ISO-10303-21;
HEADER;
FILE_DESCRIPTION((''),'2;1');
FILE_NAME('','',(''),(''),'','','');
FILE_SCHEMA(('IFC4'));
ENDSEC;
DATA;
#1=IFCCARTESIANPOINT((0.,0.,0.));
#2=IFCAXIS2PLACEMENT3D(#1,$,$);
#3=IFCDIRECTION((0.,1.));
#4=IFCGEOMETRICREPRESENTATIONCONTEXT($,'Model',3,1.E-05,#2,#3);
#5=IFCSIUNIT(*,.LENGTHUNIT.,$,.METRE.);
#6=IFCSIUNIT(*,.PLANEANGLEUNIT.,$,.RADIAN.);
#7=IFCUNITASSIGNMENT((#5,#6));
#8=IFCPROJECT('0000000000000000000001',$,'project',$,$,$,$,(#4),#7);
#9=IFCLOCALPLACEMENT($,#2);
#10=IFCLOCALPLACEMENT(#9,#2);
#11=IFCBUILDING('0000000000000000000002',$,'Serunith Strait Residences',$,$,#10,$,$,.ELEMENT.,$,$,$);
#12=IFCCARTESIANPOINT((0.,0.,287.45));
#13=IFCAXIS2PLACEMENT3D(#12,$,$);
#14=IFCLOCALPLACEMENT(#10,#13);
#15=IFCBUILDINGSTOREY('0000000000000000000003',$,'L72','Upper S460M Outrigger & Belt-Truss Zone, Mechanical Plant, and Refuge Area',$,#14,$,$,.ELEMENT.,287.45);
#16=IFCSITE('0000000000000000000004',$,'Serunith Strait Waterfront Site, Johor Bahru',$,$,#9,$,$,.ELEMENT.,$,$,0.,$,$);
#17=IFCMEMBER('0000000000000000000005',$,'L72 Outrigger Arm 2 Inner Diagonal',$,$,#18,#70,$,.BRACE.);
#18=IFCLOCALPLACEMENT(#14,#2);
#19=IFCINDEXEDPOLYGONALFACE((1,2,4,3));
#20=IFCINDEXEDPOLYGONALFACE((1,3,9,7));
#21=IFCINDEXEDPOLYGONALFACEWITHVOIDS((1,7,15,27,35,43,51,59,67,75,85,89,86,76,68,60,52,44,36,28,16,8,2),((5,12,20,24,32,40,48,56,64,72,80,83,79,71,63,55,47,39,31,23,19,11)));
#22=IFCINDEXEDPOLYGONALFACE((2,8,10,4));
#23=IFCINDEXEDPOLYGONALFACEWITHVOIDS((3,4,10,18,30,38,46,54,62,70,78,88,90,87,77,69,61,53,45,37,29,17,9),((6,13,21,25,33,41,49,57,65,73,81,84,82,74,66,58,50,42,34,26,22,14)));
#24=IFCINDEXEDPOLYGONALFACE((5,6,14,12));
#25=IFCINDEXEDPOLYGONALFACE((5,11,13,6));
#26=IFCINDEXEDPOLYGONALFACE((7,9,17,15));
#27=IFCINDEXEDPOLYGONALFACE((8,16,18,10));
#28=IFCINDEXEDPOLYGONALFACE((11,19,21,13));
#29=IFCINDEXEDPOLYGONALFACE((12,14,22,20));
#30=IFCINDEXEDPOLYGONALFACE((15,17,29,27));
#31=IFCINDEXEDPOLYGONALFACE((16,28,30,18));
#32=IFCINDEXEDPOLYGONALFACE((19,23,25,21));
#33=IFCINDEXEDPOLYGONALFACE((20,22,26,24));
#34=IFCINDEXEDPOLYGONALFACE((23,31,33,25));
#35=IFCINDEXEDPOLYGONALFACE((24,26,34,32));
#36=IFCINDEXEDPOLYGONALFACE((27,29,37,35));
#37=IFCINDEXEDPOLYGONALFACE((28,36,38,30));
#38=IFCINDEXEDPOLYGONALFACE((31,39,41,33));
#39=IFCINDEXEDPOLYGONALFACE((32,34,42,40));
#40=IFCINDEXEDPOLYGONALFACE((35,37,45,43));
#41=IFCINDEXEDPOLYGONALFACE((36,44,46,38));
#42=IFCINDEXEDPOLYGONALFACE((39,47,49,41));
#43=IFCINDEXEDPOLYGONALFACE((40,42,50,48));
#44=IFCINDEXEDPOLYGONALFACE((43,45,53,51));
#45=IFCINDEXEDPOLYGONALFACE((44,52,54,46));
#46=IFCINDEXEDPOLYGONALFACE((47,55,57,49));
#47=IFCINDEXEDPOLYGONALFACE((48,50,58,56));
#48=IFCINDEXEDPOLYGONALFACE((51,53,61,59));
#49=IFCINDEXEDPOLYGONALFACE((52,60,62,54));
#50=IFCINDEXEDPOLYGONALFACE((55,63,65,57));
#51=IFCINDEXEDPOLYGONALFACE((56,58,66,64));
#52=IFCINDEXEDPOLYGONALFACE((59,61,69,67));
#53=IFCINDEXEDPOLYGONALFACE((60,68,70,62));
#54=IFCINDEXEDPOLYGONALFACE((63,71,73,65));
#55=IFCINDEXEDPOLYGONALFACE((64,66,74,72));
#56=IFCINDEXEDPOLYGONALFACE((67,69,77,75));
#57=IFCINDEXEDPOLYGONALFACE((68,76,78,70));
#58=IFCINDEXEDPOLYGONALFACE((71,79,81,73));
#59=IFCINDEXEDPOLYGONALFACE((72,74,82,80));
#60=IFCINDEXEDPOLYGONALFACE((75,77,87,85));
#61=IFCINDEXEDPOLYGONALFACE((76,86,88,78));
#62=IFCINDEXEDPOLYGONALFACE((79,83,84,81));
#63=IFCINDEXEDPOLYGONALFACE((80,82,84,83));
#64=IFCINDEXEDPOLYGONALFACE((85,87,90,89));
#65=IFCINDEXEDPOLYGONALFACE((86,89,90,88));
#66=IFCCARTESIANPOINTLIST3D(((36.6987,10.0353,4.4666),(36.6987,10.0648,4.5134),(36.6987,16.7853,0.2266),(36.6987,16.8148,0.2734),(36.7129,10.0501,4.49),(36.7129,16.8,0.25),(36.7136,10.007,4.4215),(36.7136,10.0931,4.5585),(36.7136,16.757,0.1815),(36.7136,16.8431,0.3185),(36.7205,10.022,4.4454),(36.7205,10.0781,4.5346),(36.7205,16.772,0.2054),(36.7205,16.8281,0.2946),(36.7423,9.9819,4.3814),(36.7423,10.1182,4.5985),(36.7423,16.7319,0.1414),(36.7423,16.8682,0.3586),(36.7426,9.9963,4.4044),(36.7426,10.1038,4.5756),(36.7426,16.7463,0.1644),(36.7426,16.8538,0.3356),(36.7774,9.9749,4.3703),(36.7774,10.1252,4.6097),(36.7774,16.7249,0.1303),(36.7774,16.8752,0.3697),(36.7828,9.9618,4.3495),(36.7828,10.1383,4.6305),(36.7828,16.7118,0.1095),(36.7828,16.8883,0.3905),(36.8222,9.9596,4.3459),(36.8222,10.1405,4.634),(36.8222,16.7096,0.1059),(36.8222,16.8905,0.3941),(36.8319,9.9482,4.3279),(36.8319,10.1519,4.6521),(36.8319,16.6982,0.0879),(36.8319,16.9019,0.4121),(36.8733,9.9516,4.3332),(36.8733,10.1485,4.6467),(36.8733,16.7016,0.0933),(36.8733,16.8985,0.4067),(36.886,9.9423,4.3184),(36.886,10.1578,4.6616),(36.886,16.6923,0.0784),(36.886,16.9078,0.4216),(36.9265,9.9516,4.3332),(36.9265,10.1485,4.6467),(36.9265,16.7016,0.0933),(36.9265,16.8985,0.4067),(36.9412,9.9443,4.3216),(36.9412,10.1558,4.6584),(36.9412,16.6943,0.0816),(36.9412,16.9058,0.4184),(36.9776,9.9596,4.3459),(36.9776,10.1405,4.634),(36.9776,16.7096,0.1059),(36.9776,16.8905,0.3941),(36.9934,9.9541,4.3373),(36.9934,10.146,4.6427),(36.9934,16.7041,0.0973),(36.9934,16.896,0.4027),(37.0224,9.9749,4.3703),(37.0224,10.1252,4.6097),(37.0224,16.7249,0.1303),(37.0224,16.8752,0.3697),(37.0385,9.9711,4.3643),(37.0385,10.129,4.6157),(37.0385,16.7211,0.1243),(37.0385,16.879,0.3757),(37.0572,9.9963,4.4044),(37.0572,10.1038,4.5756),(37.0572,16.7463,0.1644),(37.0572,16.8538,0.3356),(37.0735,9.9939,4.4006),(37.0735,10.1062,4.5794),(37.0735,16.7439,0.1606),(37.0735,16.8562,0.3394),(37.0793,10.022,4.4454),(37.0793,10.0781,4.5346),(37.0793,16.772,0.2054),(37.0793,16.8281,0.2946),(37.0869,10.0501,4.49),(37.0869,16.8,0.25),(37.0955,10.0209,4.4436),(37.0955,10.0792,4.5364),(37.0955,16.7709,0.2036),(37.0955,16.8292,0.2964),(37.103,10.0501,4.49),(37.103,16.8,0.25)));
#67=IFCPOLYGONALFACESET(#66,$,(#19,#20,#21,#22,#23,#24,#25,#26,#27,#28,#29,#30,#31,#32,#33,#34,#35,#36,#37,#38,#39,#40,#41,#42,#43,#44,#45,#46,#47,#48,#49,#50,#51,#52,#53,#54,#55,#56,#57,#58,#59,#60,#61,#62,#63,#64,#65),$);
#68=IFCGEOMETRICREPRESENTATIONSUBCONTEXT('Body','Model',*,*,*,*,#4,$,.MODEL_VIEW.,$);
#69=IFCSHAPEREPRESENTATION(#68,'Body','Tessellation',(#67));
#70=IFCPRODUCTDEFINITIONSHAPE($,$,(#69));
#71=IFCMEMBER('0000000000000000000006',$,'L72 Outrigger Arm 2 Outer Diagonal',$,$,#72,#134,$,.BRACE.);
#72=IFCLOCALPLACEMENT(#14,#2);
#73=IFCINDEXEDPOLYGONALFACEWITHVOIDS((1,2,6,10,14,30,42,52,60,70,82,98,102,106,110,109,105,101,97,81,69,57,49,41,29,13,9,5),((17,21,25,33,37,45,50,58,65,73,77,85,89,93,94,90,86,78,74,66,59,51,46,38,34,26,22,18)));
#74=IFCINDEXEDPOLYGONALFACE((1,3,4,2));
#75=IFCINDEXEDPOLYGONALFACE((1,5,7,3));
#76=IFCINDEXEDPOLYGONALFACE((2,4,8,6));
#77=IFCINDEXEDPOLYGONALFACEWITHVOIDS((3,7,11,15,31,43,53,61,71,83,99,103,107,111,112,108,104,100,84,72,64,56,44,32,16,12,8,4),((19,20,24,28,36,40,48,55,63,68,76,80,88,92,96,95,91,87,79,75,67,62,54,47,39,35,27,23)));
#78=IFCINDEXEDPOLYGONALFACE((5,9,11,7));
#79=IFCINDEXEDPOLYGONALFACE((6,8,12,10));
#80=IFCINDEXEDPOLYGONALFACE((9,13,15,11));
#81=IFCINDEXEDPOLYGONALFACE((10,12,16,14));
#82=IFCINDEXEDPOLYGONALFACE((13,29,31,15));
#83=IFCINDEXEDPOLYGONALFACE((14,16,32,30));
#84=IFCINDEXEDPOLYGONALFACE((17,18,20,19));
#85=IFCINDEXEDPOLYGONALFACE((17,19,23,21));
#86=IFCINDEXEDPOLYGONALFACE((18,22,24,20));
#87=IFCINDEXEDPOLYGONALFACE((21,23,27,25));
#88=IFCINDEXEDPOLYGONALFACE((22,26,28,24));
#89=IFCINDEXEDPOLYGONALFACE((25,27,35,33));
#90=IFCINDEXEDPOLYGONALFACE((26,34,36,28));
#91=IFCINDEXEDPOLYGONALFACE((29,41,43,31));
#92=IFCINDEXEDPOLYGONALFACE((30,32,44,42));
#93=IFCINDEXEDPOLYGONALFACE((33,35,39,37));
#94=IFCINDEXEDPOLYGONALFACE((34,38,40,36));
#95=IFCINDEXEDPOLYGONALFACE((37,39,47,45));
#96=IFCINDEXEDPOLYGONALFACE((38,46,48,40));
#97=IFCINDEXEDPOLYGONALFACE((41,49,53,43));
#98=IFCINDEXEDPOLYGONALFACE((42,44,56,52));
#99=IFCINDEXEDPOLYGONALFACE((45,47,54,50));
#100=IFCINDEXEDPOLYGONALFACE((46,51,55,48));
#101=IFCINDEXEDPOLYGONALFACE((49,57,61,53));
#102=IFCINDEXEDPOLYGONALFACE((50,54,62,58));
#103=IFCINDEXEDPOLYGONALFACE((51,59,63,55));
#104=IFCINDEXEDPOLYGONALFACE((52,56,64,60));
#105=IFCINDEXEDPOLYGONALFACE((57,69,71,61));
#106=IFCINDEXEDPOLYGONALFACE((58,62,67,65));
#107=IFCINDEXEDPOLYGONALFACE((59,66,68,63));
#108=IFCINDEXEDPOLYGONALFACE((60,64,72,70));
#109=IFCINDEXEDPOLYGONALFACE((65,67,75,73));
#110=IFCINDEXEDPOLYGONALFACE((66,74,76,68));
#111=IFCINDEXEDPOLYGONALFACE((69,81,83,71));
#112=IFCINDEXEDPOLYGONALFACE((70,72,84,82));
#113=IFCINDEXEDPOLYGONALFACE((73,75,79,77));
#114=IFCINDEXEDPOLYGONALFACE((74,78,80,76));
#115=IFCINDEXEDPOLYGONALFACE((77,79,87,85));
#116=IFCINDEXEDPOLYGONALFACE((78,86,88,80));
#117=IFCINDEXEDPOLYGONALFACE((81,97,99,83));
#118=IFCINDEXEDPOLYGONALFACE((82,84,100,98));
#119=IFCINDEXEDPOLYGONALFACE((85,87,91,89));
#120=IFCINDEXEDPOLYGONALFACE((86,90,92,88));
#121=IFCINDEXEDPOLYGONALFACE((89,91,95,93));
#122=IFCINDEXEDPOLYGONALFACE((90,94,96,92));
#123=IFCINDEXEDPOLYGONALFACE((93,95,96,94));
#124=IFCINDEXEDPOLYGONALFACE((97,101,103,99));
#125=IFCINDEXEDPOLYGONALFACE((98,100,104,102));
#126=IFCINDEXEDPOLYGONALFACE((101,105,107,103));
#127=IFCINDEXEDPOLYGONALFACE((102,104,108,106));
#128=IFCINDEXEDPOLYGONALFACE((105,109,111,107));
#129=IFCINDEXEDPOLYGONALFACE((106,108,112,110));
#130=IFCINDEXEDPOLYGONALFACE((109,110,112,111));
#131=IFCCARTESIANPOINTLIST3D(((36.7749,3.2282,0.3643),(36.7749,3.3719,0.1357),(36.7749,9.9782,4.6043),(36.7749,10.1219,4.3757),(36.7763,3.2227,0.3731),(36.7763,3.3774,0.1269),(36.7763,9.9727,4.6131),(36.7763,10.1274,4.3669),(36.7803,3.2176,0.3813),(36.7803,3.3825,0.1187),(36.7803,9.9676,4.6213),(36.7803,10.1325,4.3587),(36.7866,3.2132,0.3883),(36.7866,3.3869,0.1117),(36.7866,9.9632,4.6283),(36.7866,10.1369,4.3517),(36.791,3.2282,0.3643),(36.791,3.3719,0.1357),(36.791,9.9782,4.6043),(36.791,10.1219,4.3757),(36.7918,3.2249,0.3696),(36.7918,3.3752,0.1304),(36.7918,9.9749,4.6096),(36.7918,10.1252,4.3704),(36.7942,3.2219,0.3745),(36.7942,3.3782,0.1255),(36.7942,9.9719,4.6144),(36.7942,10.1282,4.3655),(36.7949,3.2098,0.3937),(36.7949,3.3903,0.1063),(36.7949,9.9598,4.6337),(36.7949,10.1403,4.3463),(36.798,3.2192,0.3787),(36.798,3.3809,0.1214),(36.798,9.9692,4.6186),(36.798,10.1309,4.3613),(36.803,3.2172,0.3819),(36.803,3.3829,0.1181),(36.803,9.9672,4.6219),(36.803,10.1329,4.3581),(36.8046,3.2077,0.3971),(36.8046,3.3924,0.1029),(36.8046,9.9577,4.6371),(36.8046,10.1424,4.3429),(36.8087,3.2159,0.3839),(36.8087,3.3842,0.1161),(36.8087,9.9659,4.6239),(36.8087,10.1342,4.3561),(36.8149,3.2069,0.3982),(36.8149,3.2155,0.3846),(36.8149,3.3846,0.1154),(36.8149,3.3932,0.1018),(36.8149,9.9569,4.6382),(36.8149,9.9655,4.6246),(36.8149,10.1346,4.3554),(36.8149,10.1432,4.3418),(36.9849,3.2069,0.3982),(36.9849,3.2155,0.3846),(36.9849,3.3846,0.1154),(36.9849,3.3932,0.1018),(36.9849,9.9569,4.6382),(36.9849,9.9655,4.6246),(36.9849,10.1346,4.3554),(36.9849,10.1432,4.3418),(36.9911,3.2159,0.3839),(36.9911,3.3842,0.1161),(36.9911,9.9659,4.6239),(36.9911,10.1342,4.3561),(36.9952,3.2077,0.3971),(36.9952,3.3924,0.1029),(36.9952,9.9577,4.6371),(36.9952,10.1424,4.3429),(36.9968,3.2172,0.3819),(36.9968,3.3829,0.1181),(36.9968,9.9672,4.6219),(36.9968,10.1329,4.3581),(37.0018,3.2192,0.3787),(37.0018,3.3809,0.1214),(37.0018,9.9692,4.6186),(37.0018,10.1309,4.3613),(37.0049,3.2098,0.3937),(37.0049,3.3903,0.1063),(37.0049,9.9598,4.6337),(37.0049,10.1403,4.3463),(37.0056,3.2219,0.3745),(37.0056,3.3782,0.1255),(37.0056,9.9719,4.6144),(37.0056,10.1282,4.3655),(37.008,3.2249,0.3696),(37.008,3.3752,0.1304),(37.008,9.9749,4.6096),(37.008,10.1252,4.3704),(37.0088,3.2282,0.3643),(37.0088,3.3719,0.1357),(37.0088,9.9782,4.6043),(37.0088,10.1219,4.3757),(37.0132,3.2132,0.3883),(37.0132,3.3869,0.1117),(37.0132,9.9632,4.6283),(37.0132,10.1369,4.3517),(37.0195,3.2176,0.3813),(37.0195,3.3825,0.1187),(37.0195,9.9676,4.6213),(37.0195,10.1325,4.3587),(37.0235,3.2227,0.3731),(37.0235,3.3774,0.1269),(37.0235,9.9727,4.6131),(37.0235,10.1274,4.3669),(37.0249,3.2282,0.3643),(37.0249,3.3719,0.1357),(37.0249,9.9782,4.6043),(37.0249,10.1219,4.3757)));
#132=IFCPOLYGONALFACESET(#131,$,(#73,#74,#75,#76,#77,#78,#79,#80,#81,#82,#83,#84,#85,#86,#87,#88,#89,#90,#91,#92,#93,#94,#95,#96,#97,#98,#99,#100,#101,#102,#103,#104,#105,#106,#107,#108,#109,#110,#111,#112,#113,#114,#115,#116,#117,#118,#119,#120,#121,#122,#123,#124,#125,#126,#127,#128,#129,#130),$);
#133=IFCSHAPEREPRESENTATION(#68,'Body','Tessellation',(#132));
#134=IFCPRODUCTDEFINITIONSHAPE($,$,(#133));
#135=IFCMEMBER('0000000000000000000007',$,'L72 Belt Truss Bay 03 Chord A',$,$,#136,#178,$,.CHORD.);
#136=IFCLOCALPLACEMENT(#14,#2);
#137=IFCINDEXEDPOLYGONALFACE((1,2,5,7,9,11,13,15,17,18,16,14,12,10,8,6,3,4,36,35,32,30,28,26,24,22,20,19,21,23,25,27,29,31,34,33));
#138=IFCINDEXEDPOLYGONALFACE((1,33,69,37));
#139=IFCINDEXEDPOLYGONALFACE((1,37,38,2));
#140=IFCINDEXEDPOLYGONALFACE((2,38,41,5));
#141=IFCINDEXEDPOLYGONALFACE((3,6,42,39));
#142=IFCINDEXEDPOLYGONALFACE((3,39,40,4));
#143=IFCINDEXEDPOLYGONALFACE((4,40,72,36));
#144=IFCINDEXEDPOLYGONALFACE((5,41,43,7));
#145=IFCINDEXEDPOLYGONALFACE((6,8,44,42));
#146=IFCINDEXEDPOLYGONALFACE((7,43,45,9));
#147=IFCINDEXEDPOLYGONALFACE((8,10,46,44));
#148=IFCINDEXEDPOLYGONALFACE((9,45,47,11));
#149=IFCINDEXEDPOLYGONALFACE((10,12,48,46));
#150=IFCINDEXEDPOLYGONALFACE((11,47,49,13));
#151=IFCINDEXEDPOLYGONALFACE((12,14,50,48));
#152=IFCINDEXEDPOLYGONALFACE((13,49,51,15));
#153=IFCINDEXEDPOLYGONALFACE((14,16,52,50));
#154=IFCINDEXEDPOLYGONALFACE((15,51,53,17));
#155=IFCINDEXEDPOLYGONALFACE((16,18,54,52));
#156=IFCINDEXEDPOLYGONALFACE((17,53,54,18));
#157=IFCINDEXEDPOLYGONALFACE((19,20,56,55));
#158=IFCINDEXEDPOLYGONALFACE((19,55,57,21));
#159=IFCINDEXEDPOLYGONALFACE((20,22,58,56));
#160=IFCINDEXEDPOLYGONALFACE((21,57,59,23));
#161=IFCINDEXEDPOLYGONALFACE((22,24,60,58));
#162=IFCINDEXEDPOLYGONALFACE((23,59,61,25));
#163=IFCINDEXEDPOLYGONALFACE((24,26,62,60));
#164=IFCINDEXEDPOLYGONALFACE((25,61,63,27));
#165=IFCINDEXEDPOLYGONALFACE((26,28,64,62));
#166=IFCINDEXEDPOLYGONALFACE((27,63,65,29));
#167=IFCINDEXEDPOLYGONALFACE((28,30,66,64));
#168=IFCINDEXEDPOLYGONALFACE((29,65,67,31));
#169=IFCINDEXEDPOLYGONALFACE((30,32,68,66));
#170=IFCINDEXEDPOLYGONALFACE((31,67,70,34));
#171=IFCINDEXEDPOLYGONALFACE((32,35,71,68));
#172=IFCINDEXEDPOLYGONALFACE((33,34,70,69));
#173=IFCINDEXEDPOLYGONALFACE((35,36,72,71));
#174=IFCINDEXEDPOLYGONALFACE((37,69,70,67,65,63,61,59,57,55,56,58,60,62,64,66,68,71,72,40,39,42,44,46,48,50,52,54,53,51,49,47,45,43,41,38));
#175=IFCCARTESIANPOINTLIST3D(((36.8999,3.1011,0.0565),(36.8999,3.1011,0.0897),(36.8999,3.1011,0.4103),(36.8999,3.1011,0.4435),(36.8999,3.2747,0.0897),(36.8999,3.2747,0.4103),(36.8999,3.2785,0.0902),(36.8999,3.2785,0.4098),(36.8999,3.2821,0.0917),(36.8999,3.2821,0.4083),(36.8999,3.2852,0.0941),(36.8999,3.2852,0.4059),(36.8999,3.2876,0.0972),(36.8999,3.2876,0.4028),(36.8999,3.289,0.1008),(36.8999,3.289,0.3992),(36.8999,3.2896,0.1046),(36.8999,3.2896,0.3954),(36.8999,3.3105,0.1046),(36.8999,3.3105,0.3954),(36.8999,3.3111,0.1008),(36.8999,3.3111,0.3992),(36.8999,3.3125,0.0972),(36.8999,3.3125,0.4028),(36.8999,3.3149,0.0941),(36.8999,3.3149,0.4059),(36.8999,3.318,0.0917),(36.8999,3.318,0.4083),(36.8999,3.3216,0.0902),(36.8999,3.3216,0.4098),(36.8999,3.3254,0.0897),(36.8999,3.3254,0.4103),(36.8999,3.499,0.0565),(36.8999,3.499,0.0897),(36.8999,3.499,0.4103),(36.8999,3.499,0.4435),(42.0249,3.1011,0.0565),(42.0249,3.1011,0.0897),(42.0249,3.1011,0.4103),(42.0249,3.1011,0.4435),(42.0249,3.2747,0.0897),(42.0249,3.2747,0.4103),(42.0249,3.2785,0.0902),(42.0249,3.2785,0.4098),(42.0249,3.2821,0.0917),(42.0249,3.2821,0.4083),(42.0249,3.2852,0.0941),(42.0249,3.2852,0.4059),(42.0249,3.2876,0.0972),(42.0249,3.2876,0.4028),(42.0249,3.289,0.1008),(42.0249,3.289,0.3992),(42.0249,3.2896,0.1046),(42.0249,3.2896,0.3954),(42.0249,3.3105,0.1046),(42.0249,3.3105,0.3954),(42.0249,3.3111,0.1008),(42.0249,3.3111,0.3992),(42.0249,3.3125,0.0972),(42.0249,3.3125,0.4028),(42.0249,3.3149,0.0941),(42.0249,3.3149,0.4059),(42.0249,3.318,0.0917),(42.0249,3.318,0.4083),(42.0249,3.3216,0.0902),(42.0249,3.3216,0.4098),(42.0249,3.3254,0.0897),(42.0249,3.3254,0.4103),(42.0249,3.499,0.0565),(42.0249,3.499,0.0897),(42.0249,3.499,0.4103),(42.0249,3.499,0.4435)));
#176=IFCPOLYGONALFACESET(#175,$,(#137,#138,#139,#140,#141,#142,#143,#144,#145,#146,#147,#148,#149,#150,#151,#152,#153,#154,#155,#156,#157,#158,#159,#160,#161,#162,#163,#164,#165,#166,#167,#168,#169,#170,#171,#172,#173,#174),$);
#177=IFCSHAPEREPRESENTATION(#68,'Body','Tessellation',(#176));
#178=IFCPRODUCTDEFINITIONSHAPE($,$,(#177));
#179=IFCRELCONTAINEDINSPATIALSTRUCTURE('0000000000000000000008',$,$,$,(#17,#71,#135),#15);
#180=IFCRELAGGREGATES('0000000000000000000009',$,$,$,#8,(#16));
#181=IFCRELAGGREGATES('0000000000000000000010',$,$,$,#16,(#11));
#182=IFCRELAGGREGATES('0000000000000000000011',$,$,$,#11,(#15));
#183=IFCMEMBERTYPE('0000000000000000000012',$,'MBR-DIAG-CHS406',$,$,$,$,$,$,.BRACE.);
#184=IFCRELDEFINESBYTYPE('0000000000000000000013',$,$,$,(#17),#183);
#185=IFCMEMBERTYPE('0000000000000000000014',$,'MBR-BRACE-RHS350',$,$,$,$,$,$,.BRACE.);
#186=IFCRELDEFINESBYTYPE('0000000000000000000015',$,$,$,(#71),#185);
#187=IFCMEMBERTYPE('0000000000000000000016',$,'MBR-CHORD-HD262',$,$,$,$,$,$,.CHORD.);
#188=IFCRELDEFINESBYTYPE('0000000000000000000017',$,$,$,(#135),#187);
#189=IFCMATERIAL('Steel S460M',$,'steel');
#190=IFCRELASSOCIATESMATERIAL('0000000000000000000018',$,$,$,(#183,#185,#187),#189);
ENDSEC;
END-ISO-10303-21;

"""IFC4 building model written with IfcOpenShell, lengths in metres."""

from ifc_helpers import new_model, si_unit, direction, frame, origin, origin_2d, place, context, subcontext, project, spatial, hollow_rectangle, hollow_circle, i_section, extrude, source, transform, mapped, material, material_profile, profile_set, type_object, element, save


model = new_model("IFC4")

# Units and contexts
model_context = context("Model", 3, precision=1e-05, world=origin(), true_north=direction((0.0, 1.0)))
body_context = subcontext(model_context, "Body", "Model", "MODEL_VIEW")
ifc_project = project(units=[si_unit("LENGTHUNIT", "METRE"), si_unit("PLANEANGLEUNIT", "RADIAN")], contexts=[model_context])

# Site, building, storey
site_placement = place(None, origin())
site = spatial("IfcSite", under=ifc_project, at=site_placement, Name="Serunith Strait Waterfront Site, Johor Bahru", CompositionType="ELEMENT", RefElevation=0.0)
building_placement = place(site_placement, origin())
building = spatial("IfcBuilding", under=site, at=building_placement, Name="Serunith Strait Residences", CompositionType="ELEMENT")
storey_placement = place(building_placement, frame((0.0, 0.0, 287.45)))
storey = spatial("IfcBuildingStorey", under=building, at=storey_placement, Name="L72", Description="Upper S460M Outrigger & Belt-Truss Zone, Mechanical Plant, and Refuge Area", CompositionType="ELEMENT", Elevation=287.45)

# Members
ifc_material_1 = material(Name="Steel S460M", Category="steel")
ifc_material_profile_1 = material_profile(ifc_material_1, hollow_circle(Radius=0.2031, WallThickness=0.0161, at=origin_2d()), Name="CHS 406.4x16")
ifc_profile_set_1 = profile_set([ifc_material_profile_1], Name="Steel S460M")
member_type_1 = type_object("IfcMemberType", Name="MBR-DIAG-CHS406", PredefinedType="BRACE", material=ifc_profile_set_1)
shared_shape_1 = source(origin(), body_context, "Body", "SweptSolid", [
    extrude(hollow_circle(Radius=0.2031, WallThickness=0.0161, at=origin_2d()), origin(), (0.0, 0.0, 1.0), 7.9712),
])
member_1_placement = place(storey_placement, frame((36.8999, 16.8, 0.25), z_axis=(0.0, -0.846799, 0.531914), x_axis=(1.0, 0.0, 0.0)))
element("IfcMember", 1, at=member_1_placement, inside=storey, type_object=member_type_1, Name="L72 Outrigger Arm 2 Inner Diagonal", PredefinedType="BRACE", context=body_context, shape_type="MappedRepresentation", body=[
    mapped(shared_shape_1, transform((0.0, 0.0, 0.0), scale=1.0)),
])
ifc_material_profile_2 = material_profile(ifc_material_1, hollow_rectangle(XDim=0.25, YDim=0.3501, WallThickness=0.0161, InnerFilletRadius=0.0239, OuterFilletRadius=0.04, at=origin_2d()), Name="RHS 350x250x16")
ifc_profile_set_2 = profile_set([ifc_material_profile_2], Name="Steel S460M")
member_type_2 = type_object("IfcMemberType", Name="MBR-BRACE-RHS350", PredefinedType="BRACE", material=ifc_profile_set_2)
shared_shape_2 = source(origin(), body_context, "Body", "SweptSolid", [
    extrude(hollow_rectangle(XDim=0.25, YDim=0.3501, WallThickness=0.0161, InnerFilletRadius=0.0239, OuterFilletRadius=0.04, at=origin_2d()), origin(), (0.0, 0.0, 1.0), 7.9712),
])
member_2_placement = place(storey_placement, frame((36.8999, 10.05, 4.49), z_axis=(0.0, -0.846799, -0.531914), x_axis=(1.0, 0.0, 0.0)))
element("IfcMember", 2, at=member_2_placement, inside=storey, type_object=member_type_2, Name="L72 Outrigger Arm 2 Outer Diagonal", PredefinedType="BRACE", context=body_context, shape_type="MappedRepresentation", body=[
    mapped(shared_shape_2, transform((0.0, 0.0, 0.0), scale=1.0)),
])
ifc_material_profile_3 = material_profile(ifc_material_1, i_section(OverallWidth=0.3979, OverallDepth=0.387, WebThickness=0.021, FlangeThickness=0.0332, FilletRadius=0.0149, at=origin_2d()), Name="HD 400x262")
ifc_profile_set_3 = profile_set([ifc_material_profile_3], Name="Steel S460M")
member_type_3 = type_object("IfcMemberType", Name="MBR-CHORD-HD262", PredefinedType="CHORD", material=ifc_profile_set_3)
shared_shape_3 = source(origin(), body_context, "Body", "SweptSolid", [
    extrude(i_section(OverallWidth=0.3979, OverallDepth=0.387, WebThickness=0.021, FlangeThickness=0.0332, FilletRadius=0.0149, at=origin_2d()), origin(), (0.0, 0.0, 1.0), 5.125),
])
member_3_placement = place(storey_placement, frame((36.8999, 3.3, 0.25), z_axis=(1.0, 0.0, 0.0), x_axis=(0.0, 1.0, 0.0)))
element("IfcMember", 3, at=member_3_placement, inside=storey, type_object=member_type_3, Name="L72 Belt Truss Bay 03 Chord A", PredefinedType="CHORD", context=body_context, shape_type="MappedRepresentation", body=[
    mapped(shared_shape_3, transform((0.0, 0.0, 0.0), scale=1.0)),
])

save(model, "model.ifc")
